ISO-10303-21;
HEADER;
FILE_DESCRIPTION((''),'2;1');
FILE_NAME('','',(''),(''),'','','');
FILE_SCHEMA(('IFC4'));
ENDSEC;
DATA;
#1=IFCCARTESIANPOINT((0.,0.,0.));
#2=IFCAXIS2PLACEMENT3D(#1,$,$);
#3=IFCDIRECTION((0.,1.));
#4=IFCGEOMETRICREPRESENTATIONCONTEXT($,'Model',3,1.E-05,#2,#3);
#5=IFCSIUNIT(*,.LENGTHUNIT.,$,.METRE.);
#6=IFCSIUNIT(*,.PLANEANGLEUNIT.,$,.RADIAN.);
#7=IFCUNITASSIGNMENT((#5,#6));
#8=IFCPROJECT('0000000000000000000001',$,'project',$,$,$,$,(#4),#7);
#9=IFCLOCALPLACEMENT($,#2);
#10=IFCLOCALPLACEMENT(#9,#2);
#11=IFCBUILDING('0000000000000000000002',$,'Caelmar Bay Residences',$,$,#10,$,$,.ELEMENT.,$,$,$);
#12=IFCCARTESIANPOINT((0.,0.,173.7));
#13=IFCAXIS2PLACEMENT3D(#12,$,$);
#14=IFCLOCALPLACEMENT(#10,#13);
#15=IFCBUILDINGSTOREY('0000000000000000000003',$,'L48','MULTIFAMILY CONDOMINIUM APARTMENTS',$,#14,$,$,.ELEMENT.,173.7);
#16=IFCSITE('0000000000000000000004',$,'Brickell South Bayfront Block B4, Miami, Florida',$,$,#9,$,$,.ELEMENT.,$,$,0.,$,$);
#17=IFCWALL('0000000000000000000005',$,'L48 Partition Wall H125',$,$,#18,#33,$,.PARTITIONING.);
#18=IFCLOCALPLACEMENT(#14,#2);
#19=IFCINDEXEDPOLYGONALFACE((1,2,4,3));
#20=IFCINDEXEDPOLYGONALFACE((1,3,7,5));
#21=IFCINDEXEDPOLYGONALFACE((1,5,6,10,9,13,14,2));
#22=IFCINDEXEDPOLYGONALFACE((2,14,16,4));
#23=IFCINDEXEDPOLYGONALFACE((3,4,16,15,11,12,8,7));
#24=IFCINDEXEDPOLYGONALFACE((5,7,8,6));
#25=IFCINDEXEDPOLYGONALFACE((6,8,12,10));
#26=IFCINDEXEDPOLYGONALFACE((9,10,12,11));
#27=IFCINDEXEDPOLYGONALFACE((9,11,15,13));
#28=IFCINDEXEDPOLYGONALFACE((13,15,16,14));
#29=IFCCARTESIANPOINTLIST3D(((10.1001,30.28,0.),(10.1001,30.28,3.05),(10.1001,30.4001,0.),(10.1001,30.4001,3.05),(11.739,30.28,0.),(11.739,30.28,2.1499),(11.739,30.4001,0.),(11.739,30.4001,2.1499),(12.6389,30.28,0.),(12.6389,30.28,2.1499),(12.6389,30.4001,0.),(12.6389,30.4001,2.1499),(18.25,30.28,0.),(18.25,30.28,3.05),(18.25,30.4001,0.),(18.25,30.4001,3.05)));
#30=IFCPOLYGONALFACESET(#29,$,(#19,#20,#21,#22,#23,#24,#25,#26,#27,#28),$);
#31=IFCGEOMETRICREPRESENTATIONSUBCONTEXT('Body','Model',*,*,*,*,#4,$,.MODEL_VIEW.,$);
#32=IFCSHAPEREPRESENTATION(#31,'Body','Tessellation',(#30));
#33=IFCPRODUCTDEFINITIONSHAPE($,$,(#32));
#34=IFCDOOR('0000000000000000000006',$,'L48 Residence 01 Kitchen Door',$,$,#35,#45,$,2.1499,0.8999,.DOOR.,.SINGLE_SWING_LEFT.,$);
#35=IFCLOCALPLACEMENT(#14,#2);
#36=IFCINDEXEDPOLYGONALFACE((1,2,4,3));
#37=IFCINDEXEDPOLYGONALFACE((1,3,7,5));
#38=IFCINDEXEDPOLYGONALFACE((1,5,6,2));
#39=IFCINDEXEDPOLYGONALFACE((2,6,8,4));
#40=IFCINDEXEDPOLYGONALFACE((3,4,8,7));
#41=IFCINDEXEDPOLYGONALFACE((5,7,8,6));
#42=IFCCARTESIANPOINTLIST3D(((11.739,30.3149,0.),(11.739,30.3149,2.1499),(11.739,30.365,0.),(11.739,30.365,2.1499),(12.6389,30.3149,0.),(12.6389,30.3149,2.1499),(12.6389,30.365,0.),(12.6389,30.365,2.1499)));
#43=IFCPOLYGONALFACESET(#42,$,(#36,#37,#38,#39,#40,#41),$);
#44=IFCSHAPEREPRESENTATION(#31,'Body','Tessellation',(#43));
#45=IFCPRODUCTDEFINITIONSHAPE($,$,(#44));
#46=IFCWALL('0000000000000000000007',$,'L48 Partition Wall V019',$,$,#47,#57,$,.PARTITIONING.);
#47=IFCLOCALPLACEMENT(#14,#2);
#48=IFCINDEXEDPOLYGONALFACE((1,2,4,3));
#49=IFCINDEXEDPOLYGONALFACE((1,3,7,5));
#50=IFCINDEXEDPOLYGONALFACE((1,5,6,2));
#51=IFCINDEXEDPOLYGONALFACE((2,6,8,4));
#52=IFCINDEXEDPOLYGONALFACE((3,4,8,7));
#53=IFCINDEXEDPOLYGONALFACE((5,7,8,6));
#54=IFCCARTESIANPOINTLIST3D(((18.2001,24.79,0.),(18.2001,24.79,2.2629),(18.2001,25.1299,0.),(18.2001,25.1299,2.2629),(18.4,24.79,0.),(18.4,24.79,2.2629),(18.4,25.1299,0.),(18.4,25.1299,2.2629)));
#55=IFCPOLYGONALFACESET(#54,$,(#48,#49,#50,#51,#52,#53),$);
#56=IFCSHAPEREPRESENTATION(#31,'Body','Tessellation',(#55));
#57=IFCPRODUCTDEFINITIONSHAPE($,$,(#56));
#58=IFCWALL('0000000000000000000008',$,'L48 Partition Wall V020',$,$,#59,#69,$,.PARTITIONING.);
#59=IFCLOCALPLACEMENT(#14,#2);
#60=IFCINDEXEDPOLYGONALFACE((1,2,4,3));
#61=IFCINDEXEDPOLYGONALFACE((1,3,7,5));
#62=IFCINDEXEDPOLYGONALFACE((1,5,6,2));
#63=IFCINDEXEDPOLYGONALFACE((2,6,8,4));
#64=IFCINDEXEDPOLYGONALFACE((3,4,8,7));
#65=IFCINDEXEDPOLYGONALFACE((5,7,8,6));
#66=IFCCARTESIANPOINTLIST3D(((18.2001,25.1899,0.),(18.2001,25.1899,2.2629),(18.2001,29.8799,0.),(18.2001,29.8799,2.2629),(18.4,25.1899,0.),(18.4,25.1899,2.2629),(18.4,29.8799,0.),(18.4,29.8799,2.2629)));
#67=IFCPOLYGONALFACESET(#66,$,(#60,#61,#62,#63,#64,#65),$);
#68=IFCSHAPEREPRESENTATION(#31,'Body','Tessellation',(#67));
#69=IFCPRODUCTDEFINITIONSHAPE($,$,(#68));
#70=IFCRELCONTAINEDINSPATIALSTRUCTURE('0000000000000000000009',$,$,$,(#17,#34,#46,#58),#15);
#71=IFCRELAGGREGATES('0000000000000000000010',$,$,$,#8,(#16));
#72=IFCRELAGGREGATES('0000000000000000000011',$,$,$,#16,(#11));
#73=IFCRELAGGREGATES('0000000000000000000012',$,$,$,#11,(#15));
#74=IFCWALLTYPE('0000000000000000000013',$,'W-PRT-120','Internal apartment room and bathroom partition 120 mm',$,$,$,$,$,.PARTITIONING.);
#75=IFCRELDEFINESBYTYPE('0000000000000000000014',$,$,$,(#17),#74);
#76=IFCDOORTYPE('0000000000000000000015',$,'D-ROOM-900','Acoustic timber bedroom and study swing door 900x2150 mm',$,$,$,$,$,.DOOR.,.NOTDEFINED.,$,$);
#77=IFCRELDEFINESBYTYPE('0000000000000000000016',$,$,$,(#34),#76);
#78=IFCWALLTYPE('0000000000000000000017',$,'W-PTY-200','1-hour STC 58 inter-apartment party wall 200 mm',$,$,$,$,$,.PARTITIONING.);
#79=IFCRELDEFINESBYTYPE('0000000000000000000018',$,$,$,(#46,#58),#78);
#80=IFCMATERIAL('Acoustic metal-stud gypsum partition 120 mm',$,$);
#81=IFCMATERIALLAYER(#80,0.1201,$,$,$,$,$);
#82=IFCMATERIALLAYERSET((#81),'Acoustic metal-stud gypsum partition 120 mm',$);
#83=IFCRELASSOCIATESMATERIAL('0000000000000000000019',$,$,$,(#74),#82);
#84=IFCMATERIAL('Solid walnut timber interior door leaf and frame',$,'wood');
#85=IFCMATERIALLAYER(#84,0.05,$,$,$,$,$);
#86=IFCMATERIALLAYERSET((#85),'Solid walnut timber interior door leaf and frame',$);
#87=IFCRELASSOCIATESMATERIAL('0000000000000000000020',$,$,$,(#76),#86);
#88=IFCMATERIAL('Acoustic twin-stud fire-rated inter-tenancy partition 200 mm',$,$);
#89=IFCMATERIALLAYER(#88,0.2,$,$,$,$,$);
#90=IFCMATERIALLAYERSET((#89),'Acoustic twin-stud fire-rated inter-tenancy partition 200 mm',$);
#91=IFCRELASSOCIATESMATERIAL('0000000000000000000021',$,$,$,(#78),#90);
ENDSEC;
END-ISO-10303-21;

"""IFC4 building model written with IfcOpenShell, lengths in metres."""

from ifc_helpers import new_model, si_unit, direction, frame, frame_2d, origin, place, context, subcontext, project, spatial, rectangle, extrude, material, layer, layer_set, type_object, element, fill, save


model = new_model("IFC4")

# Units and contexts
model_context = context("Model", 3, precision=1e-05, world=origin(), true_north=direction((0.0, 1.0)))
body_context = subcontext(model_context, "Body", "Model", "MODEL_VIEW")
ifc_project = project(units=[si_unit("LENGTHUNIT", "METRE"), si_unit("PLANEANGLEUNIT", "RADIAN")], contexts=[model_context])

# Site, building, storey
site_placement = place(None, origin())
site = spatial("IfcSite", under=ifc_project, at=site_placement, Name="Brickell South Bayfront Block B4, Miami, Florida", CompositionType="ELEMENT", RefElevation=0.0)
building_placement = place(site_placement, origin())
building = spatial("IfcBuilding", under=site, at=building_placement, Name="Caelmar Bay Residences", CompositionType="ELEMENT")
storey_placement = place(building_placement, frame((0.0, 0.0, 173.7)))
storey = spatial("IfcBuildingStorey", under=building, at=storey_placement, Name="L48", Description="MULTIFAMILY CONDOMINIUM APARTMENTS", CompositionType="ELEMENT", Elevation=173.7)

# Shared definitions
ifc_material_1 = material(Name="Acoustic metal-stud gypsum partition 120 mm")
ifc_layer_1 = layer(ifc_material_1, 0.1201)
ifc_layer_set_1 = layer_set([ifc_layer_1], Name="Acoustic metal-stud gypsum partition 120 mm")
wall_type_1 = type_object("IfcWallType", Name="W-PRT-120", Description="Internal apartment room and bathroom partition 120 mm", PredefinedType="PARTITIONING", material=ifc_layer_set_1)
ifc_material_2 = material(Name="Solid walnut timber interior door leaf and frame", Category="wood")
ifc_layer_2 = layer(ifc_material_2, 0.05)
ifc_layer_set_2 = layer_set([ifc_layer_2], Name="Solid walnut timber interior door leaf and frame")
door_type = type_object("IfcDoorType", Name="D-ROOM-900", Description="Acoustic timber bedroom and study swing door 900x2150 mm", OperationType="NOTDEFINED", PredefinedType="DOOR", material=ifc_layer_set_2)

# Wall, opening, door
wall_1_placement = place(storey_placement, frame((10.1001, 30.3401, 0.0), z_axis=(0.0, 0.0, 1.0), x_axis=(1.0, 0.0, 0.0)))
wall_1 = element("IfcWall", 1, at=wall_1_placement, inside=storey, type_object=wall_type_1, Name="L48 Partition Wall H125", PredefinedType="PARTITIONING", context=body_context, shape_type="SweptSolid", body=[
    extrude(rectangle(XDim=8.1499, YDim=0.1201, at=frame_2d((4.075, 0.0))), origin(), (0.0, 0.0, 1.0), 3.05),
])
opening_1_placement = place(wall_1_placement, frame((1.6389, 0.0, 0.0)))
opening_1 = element("IfcOpeningElement", 2, at=opening_1_placement, cuts=wall_1, PredefinedType="OPENING", context=body_context, shape_type="SweptSolid", body=[
    extrude(rectangle(XDim=0.8999, YDim=2.1499, at=frame_2d((0.45, 1.075))), frame((0.0, 0.0701, 0.0), z_axis=(0.0, -1.0, 0.0), x_axis=(1.0, 0.0, 0.0)), (0.0, 0.0, 1.0), 0.1401),
])
door_1_placement = place(opening_1_placement, origin())
door_1 = element("IfcDoor", 3, at=door_1_placement, inside=storey, type_object=door_type, Name="L48 Residence 01 Kitchen Door", OperationType="SINGLE_SWING_LEFT", OverallHeight=2.1499, OverallWidth=0.8999, PredefinedType="DOOR", context=body_context, shape_type="SweptSolid", body=[
    extrude(rectangle(XDim=0.8999, YDim=2.1499, at=frame_2d((0.45, 1.075))), frame((0.0, 0.0249, 0.0), z_axis=(0.0, -1.0, 0.0), x_axis=(1.0, 0.0, 0.0)), (0.0, 0.0, 1.0), 0.05),
])
fill(opening_1, door_1)

# Walls
ifc_material_3 = material(Name="Acoustic twin-stud fire-rated inter-tenancy partition 200 mm")
ifc_layer_3 = layer(ifc_material_3, 0.2)
ifc_layer_set_3 = layer_set([ifc_layer_3], Name="Acoustic twin-stud fire-rated inter-tenancy partition 200 mm")
wall_type_2 = type_object("IfcWallType", Name="W-PTY-200", Description="1-hour STC 58 inter-apartment party wall 200 mm", PredefinedType="PARTITIONING", material=ifc_layer_set_3)
wall_2_placement = place(storey_placement, frame((18.3, 24.79, 0.0), z_axis=(0.0, 0.0, 1.0), x_axis=(0.0, 1.0, 0.0)))
element("IfcWall", 4, at=wall_2_placement, inside=storey, type_object=wall_type_2, Name="L48 Partition Wall V019", PredefinedType="PARTITIONING", context=body_context, shape_type="SweptSolid", body=[
    extrude(rectangle(XDim=0.3398, YDim=0.2, at=frame_2d((0.1699, 0.0))), origin(), (0.0, 0.0, 1.0), 2.2629),
])
wall_3_placement = place(storey_placement, frame((18.3, 25.1899, 0.0), z_axis=(0.0, 0.0, 1.0), x_axis=(0.0, 1.0, 0.0)))
element("IfcWall", 5, at=wall_3_placement, inside=storey, type_object=wall_type_2, Name="L48 Partition Wall V020", PredefinedType="PARTITIONING", context=body_context, shape_type="SweptSolid", body=[
    extrude(rectangle(XDim=4.6899, YDim=0.2, at=frame_2d((2.345, 0.0))), origin(), (0.0, 0.0, 1.0), 2.2629),
])

save(model, "model.ifc")
